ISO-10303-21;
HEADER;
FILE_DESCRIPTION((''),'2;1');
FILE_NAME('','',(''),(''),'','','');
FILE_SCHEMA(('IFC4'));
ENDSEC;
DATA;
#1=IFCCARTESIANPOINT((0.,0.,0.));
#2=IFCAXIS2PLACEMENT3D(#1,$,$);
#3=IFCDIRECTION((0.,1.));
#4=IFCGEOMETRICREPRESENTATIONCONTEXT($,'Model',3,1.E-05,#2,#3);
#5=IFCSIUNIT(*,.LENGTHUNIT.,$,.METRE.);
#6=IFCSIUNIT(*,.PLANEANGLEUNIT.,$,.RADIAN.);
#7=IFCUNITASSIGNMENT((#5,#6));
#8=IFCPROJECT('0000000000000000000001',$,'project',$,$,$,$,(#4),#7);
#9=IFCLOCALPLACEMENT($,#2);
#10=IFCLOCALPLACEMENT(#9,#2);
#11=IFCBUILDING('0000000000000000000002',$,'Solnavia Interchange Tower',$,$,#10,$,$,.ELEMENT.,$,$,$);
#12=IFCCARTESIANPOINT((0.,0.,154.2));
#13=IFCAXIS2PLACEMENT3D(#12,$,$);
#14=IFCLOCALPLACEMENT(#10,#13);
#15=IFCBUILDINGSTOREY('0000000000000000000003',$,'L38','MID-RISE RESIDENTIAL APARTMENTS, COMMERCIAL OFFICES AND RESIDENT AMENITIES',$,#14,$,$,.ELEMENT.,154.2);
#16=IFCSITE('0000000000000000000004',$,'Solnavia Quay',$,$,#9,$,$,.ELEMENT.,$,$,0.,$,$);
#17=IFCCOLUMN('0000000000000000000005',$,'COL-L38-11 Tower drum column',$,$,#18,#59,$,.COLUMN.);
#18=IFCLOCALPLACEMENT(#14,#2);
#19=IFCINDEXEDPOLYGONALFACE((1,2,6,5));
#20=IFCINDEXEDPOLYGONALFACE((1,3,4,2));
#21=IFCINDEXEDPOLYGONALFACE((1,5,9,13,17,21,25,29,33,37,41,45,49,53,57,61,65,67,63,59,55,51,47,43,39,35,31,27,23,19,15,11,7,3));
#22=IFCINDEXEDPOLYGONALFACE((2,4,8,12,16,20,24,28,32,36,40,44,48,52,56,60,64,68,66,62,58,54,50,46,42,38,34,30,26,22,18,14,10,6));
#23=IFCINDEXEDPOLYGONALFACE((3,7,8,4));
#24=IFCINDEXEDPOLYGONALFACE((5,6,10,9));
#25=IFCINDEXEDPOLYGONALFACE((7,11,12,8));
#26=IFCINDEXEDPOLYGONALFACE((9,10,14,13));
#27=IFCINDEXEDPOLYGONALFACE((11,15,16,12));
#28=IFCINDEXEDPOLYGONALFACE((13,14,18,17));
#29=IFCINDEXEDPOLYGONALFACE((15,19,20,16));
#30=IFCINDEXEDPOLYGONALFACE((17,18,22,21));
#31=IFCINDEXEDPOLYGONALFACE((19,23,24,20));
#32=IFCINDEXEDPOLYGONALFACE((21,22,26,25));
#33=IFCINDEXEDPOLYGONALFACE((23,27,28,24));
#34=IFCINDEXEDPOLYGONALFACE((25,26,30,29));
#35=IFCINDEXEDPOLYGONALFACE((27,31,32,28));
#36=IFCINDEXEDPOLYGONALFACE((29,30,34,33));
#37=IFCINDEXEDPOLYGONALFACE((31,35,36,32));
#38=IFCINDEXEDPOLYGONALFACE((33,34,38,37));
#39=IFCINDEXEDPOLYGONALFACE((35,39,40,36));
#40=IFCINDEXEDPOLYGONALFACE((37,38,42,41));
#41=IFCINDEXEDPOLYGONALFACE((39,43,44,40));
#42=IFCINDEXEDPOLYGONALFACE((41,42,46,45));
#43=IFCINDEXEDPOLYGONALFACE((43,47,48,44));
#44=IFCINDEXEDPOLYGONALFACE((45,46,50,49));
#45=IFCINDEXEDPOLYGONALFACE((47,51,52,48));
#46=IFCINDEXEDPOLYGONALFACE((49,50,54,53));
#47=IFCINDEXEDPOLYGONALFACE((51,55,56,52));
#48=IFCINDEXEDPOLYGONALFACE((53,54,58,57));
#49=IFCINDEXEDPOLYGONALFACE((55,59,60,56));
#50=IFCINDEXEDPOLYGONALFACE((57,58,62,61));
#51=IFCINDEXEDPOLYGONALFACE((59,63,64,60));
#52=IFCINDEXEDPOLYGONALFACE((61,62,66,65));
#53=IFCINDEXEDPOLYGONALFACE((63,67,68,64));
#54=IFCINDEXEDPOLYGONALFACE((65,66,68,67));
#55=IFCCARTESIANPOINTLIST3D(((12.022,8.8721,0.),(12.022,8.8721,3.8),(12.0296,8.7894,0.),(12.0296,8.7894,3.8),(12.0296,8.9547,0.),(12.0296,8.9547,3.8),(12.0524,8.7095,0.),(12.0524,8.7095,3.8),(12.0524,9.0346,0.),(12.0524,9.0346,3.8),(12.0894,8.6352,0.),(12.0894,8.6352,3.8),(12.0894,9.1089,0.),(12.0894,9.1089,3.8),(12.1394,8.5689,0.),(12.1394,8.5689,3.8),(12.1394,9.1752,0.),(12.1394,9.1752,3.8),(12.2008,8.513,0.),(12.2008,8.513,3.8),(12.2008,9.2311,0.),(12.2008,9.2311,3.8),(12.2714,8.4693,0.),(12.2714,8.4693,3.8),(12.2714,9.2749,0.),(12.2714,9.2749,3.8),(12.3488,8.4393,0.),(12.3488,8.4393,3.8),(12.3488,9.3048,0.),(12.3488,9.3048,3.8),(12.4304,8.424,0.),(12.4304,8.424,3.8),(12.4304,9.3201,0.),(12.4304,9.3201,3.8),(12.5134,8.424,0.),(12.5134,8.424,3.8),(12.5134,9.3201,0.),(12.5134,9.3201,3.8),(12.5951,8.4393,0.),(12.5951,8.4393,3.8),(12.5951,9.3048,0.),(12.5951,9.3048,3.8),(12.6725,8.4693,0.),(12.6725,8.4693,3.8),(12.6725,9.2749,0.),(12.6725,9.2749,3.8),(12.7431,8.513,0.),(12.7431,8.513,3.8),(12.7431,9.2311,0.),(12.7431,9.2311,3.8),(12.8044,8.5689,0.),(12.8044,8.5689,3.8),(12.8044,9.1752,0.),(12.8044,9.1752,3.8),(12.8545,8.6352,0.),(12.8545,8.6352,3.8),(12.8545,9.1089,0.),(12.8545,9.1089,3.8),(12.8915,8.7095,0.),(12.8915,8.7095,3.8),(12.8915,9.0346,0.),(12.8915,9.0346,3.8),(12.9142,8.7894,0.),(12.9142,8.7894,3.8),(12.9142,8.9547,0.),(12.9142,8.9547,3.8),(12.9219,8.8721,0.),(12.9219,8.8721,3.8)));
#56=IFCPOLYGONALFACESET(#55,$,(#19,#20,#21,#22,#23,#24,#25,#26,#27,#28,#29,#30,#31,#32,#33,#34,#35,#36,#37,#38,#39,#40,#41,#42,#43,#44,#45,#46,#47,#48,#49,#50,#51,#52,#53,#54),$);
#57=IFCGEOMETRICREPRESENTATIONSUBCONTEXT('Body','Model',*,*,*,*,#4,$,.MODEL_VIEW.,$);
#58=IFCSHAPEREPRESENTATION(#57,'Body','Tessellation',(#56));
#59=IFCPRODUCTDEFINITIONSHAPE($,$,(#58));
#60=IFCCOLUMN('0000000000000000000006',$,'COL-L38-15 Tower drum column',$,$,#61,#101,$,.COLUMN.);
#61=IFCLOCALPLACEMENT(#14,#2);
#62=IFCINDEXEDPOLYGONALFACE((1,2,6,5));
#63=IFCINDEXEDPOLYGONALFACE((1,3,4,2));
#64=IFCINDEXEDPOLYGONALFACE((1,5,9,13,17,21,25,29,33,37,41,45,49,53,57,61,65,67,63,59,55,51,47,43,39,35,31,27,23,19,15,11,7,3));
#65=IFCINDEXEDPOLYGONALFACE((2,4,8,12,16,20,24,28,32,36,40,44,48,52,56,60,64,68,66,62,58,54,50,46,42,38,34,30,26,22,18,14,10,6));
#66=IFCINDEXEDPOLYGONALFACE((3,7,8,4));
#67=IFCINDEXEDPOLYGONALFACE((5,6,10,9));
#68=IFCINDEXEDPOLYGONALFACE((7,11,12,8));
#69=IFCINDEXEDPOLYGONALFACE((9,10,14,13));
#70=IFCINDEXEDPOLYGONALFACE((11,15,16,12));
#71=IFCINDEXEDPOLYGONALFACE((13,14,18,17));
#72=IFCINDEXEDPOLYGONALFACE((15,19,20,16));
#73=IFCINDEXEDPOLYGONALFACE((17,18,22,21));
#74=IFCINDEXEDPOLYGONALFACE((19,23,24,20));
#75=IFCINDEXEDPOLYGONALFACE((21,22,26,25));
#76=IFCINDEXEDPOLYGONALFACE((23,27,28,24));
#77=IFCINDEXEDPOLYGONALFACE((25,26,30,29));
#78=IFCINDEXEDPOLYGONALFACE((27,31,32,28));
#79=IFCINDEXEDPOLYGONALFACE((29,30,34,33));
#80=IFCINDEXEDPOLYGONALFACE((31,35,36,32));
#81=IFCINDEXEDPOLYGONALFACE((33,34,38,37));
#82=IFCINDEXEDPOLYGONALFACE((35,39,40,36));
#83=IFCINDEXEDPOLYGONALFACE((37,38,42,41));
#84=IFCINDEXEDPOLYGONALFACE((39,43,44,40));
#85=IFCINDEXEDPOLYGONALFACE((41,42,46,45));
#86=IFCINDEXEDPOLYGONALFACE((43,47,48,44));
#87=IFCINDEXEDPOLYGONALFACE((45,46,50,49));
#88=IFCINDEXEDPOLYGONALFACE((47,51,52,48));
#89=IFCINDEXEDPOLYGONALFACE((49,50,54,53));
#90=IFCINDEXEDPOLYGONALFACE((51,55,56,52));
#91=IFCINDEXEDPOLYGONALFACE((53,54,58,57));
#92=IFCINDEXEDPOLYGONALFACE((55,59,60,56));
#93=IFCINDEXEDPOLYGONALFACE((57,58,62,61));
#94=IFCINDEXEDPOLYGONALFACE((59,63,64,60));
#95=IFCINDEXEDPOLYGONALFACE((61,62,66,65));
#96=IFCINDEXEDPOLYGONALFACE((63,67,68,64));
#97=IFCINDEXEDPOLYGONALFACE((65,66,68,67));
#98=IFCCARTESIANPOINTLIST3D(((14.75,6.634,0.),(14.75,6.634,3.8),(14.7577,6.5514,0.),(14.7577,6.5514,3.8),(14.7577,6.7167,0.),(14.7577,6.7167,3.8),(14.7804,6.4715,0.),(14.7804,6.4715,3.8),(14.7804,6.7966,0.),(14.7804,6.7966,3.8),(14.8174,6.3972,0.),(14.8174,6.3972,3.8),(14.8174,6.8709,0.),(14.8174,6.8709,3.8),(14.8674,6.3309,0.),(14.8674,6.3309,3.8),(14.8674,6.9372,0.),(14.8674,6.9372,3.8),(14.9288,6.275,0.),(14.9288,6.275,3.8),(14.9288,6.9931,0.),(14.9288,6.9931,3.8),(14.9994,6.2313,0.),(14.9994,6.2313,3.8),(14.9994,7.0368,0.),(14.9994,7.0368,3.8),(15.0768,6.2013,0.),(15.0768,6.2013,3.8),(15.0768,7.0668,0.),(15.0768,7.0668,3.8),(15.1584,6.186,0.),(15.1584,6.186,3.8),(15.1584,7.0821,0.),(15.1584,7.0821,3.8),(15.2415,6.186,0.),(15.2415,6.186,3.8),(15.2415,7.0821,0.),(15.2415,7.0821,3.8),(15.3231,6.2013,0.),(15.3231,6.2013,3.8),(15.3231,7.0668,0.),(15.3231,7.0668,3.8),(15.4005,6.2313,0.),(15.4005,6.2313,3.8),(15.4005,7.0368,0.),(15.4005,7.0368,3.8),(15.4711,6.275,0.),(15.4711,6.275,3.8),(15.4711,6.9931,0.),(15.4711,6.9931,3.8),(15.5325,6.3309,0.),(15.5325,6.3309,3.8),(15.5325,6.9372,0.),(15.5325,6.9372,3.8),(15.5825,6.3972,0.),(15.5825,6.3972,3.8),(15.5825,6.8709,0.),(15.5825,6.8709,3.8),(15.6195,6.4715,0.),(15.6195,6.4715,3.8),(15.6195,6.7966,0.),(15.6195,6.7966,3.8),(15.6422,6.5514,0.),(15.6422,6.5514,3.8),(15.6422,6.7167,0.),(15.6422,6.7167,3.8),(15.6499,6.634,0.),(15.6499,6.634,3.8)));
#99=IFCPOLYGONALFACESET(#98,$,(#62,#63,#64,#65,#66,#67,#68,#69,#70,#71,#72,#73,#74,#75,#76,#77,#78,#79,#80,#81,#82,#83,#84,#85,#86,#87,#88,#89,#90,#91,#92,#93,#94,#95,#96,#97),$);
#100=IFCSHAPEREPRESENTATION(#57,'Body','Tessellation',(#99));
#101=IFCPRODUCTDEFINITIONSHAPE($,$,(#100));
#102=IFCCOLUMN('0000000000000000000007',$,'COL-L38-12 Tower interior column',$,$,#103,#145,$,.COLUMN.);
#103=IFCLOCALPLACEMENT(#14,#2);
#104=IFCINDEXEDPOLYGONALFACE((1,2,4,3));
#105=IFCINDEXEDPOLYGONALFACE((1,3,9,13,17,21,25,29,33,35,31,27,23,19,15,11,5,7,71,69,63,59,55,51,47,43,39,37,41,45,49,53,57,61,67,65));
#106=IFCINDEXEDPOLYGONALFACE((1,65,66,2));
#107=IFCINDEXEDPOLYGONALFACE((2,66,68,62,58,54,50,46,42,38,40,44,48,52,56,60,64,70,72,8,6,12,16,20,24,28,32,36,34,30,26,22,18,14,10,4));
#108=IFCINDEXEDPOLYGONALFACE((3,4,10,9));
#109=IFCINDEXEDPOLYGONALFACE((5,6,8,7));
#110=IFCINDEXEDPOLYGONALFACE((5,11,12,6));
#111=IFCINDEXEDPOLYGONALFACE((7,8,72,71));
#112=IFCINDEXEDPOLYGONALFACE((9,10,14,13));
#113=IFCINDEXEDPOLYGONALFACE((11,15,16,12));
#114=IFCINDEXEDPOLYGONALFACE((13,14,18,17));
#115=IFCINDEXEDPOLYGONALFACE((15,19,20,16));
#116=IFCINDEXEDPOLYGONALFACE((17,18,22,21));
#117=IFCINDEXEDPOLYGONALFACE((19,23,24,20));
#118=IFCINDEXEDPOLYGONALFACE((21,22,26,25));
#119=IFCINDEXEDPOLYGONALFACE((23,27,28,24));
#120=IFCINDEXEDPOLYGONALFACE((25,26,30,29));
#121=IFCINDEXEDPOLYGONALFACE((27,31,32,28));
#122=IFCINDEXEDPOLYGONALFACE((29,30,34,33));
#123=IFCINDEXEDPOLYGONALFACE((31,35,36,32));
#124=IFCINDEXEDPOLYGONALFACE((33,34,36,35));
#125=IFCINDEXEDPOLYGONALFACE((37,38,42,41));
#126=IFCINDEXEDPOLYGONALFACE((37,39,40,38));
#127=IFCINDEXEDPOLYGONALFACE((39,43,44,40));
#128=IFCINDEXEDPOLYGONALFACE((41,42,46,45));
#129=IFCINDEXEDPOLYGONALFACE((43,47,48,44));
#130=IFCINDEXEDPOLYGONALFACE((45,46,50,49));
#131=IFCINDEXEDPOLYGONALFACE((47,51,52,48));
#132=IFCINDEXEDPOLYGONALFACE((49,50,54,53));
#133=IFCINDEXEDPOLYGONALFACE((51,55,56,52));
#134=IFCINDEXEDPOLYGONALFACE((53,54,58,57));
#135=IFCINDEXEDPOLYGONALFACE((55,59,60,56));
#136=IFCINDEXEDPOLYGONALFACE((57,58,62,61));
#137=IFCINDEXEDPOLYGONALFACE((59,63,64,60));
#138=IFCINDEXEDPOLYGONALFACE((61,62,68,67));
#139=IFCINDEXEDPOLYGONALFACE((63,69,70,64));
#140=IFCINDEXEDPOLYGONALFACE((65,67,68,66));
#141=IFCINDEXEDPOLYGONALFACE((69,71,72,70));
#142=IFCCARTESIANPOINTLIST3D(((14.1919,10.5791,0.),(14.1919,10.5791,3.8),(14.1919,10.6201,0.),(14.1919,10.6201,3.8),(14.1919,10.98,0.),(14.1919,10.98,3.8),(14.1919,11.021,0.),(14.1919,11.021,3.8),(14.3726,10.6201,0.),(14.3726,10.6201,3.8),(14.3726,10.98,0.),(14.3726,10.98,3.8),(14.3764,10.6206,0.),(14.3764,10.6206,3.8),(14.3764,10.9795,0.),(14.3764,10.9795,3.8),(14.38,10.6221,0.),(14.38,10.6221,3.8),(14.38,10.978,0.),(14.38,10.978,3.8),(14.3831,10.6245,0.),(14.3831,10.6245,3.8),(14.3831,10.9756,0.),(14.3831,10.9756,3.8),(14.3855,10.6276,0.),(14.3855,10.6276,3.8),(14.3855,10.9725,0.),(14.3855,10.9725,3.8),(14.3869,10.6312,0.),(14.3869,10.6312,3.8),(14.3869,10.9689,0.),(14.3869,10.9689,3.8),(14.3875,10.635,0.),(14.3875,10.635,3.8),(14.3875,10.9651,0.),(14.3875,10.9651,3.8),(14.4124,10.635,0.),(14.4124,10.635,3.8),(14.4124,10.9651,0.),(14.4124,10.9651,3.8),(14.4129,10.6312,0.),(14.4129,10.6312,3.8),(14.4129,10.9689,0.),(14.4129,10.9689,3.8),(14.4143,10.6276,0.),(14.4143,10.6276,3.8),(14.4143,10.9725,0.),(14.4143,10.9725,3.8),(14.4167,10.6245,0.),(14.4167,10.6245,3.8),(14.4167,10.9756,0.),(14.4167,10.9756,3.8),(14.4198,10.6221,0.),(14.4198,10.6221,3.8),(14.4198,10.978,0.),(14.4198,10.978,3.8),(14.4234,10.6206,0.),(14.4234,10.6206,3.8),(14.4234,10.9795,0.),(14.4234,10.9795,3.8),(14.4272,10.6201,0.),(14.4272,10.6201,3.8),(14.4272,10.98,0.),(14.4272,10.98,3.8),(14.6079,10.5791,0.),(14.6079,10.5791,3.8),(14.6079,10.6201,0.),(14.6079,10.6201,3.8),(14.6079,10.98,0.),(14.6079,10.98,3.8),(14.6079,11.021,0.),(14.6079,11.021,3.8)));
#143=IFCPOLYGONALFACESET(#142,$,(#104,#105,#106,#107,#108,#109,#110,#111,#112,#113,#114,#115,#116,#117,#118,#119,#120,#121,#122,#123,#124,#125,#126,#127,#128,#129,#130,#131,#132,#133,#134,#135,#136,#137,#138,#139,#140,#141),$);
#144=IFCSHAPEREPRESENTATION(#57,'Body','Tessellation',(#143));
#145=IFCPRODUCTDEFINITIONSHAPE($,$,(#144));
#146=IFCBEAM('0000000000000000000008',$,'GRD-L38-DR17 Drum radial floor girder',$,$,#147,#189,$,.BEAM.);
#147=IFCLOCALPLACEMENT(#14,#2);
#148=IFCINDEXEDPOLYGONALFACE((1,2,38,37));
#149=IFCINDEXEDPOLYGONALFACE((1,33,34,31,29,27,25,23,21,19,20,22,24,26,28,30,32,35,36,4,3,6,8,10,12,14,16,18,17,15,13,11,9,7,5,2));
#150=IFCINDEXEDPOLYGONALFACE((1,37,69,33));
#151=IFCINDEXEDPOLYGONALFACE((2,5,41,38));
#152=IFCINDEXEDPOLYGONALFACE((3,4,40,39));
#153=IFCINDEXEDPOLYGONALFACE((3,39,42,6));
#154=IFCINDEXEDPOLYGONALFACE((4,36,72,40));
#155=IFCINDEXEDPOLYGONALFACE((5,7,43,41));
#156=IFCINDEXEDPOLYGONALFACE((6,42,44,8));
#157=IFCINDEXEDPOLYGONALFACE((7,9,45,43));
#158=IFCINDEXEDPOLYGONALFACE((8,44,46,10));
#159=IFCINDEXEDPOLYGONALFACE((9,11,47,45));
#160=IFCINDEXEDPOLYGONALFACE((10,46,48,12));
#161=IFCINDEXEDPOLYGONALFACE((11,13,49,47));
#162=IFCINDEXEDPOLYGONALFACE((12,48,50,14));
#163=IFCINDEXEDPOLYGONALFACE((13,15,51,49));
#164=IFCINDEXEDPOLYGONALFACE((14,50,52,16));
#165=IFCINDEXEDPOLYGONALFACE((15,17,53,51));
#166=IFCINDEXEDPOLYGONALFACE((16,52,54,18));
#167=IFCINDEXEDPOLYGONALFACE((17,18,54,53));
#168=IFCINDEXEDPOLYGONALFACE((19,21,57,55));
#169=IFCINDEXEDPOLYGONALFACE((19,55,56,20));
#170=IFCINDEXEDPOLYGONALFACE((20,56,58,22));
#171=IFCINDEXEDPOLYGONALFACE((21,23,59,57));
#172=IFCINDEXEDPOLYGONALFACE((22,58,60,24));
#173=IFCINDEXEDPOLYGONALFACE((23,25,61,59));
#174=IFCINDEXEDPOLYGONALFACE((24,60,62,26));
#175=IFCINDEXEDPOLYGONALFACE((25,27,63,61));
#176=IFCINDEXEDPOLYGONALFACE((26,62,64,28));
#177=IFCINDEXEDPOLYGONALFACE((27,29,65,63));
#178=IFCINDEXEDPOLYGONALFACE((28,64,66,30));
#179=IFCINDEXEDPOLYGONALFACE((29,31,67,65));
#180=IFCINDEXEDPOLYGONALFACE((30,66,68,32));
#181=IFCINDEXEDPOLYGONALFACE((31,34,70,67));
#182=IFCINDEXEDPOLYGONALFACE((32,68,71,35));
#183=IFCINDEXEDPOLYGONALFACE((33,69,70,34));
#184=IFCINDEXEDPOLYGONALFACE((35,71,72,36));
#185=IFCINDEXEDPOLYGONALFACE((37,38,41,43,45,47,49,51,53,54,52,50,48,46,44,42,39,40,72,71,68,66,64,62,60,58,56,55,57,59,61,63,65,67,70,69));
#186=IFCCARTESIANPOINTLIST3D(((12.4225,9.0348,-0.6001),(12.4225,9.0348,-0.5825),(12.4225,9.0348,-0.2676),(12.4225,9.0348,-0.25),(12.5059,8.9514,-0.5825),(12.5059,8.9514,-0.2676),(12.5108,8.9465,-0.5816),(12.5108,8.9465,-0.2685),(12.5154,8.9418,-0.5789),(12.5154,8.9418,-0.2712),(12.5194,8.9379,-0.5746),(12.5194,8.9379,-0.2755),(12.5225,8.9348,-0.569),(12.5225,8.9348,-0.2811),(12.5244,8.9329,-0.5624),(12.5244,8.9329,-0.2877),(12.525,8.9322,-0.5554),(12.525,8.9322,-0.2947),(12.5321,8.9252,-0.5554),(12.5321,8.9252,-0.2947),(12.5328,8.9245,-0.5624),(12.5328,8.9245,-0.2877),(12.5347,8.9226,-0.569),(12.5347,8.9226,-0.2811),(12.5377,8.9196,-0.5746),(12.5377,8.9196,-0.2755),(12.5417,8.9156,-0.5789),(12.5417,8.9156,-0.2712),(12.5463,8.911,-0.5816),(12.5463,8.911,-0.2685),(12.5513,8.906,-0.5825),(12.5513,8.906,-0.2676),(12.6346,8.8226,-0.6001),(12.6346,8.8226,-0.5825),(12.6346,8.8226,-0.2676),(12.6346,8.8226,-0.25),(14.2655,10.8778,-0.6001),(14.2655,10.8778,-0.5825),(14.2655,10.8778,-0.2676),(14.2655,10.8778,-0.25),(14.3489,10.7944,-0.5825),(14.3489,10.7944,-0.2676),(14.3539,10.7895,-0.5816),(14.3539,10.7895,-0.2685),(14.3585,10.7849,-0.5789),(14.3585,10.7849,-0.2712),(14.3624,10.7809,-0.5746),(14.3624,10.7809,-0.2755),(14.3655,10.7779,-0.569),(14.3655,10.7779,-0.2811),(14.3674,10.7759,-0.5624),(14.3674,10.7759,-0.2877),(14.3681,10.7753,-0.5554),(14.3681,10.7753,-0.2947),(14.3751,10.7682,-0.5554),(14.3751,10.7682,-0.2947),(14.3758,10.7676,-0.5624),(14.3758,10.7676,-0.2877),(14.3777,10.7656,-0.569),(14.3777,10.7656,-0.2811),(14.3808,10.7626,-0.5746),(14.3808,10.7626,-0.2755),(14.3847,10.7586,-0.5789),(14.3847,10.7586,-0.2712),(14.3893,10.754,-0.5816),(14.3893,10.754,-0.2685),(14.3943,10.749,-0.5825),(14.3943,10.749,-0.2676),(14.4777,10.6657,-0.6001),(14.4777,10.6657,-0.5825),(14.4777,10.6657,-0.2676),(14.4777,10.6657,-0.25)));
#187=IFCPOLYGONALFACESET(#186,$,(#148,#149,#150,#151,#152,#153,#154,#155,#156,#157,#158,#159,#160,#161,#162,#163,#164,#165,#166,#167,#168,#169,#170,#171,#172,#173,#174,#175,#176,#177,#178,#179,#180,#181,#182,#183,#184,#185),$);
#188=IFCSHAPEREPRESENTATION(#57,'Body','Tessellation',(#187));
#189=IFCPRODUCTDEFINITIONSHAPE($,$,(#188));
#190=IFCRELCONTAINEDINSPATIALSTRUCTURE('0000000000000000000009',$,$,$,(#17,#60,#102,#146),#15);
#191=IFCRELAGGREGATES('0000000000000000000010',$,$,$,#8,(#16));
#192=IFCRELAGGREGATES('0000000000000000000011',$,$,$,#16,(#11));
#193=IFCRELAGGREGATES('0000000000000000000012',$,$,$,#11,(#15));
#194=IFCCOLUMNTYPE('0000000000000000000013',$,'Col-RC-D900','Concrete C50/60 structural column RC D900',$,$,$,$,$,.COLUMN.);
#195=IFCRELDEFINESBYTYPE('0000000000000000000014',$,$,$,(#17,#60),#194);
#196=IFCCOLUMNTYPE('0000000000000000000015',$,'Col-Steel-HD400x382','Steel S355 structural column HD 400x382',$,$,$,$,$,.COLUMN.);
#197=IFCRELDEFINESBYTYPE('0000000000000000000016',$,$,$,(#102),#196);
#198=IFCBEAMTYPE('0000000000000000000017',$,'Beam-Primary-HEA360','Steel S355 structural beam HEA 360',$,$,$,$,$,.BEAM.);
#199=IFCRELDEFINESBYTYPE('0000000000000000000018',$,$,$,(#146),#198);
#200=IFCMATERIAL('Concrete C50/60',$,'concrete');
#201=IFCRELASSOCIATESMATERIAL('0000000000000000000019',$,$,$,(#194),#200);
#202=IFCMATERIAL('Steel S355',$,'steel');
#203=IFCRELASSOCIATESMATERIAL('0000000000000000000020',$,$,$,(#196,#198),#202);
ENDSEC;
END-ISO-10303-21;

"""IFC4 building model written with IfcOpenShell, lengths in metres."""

from ifc_helpers import new_model, si_unit, direction, frame, origin, origin_2d, place, context, subcontext, project, spatial, circle, i_section, extrude, material, material_profile, profile_set, type_object, element, save


model = new_model("IFC4")

# Units and contexts
model_context = context("Model", 3, precision=1e-05, world=origin(), true_north=direction((0.0, 1.0)))
body_context = subcontext(model_context, "Body", "Model", "MODEL_VIEW")
ifc_project = project(units=[si_unit("LENGTHUNIT", "METRE"), si_unit("PLANEANGLEUNIT", "RADIAN")], contexts=[model_context])

# Site, building, storey
site_placement = place(None, origin())
site = spatial("IfcSite", under=ifc_project, at=site_placement, Name="Solnavia Quay", CompositionType="ELEMENT", RefElevation=0.0)
building_placement = place(site_placement, origin())
building = spatial("IfcBuilding", under=site, at=building_placement, Name="Solnavia Interchange Tower", CompositionType="ELEMENT")
storey_placement = place(building_placement, frame((0.0, 0.0, 154.2)))
storey = spatial("IfcBuildingStorey", under=building, at=storey_placement, Name="L38", Description="MID-RISE RESIDENTIAL APARTMENTS, COMMERCIAL OFFICES AND RESIDENT AMENITIES", CompositionType="ELEMENT", Elevation=154.2)

# Columns
ifc_material_1 = material(Name="Concrete C50/60", Category="concrete")
ifc_material_profile_1 = material_profile(ifc_material_1, circle(Radius=0.45, at=origin_2d()), Name="RC D900")
ifc_profile_set_1 = profile_set([ifc_material_profile_1], Name="Concrete C50/60")
column_type_1 = type_object("IfcColumnType", Name="Col-RC-D900", Description="Concrete C50/60 structural column RC D900", PredefinedType="COLUMN", material=ifc_profile_set_1)
for number, where, z_axis, x_axis, name in (
    (1, (12.4719, 8.8721, 0.0), (0.0, 0.0, 1.0), (1.0, 0.0, 0.0), "COL-L38-11 Tower drum column"),
    (2, (15.2, 6.634, 0.0), (0.0, 0.0, 1.0), (1.0, 0.0, 0.0), "COL-L38-15 Tower drum column"),
):
    element("IfcColumn", number, at=place(storey_placement, frame(where, z_axis=z_axis, x_axis=x_axis)), inside=storey, type_object=column_type_1, Name=name, PredefinedType="COLUMN", context=body_context, shape_type="SweptSolid", body=[
        extrude(circle(Radius=0.45, at=origin_2d()), origin(), (0.0, 0.0, 1.0), 3.8),
    ])
ifc_material_2 = material(Name="Steel S355", Category="steel")
ifc_material_profile_2 = material_profile(ifc_material_2, i_section(OverallWidth=0.416, OverallDepth=0.4419, WebThickness=0.0249, FlangeThickness=0.041, FilletRadius=0.0149, at=origin_2d()), Name="HD 400x382")
ifc_profile_set_2 = profile_set([ifc_material_profile_2], Name="Steel S355")
column_type_2 = type_object("IfcColumnType", Name="Col-Steel-HD400x382", Description="Steel S355 structural column HD 400x382", PredefinedType="COLUMN", material=ifc_profile_set_2)
column_placement = place(storey_placement, frame((14.3999, 10.8, 0.0), z_axis=(0.0, 0.0, 1.0), x_axis=(1.0, 0.0, 0.0)))
element("IfcColumn", 3, at=column_placement, inside=storey, type_object=column_type_2, Name="COL-L38-12 Tower interior column", PredefinedType="COLUMN", context=body_context, shape_type="SweptSolid", body=[
    extrude(i_section(OverallWidth=0.416, OverallDepth=0.4419, WebThickness=0.0249, FlangeThickness=0.041, FilletRadius=0.0149, at=origin_2d()), origin(), (0.0, 0.0, 1.0), 3.8),
])

# Beam
ifc_material_profile_3 = material_profile(ifc_material_2, i_section(OverallWidth=0.3, OverallDepth=0.3501, WebThickness=0.01, FlangeThickness=0.0176, FilletRadius=0.0271, at=origin_2d()), Name="HEA 360")
ifc_profile_set_3 = profile_set([ifc_material_profile_3], Name="Steel S355")
beam_type_1 = type_object("IfcBeamType", Name="Beam-Primary-HEA360", Description="Steel S355 structural beam HEA 360", PredefinedType="BEAM", material=ifc_profile_set_3)
beam_placement = place(storey_placement, frame((12.5286, 8.9287, -0.425), z_axis=(0.707107, 0.707107, 0.0), x_axis=(-0.707107, 0.707107, 0.0)))
element("IfcBeam", 4, at=beam_placement, inside=storey, type_object=beam_type_1, Name="GRD-L38-DR17 Drum radial floor girder", PredefinedType="BEAM", context=body_context, shape_type="SweptSolid", body=[
    extrude(i_section(OverallWidth=0.3, OverallDepth=0.3501, WebThickness=0.01, FlangeThickness=0.0176, FilletRadius=0.0271, at=origin_2d()), origin(), (0.0, 0.0, 1.0), 2.6064),
])

save(model, "model.ifc")
